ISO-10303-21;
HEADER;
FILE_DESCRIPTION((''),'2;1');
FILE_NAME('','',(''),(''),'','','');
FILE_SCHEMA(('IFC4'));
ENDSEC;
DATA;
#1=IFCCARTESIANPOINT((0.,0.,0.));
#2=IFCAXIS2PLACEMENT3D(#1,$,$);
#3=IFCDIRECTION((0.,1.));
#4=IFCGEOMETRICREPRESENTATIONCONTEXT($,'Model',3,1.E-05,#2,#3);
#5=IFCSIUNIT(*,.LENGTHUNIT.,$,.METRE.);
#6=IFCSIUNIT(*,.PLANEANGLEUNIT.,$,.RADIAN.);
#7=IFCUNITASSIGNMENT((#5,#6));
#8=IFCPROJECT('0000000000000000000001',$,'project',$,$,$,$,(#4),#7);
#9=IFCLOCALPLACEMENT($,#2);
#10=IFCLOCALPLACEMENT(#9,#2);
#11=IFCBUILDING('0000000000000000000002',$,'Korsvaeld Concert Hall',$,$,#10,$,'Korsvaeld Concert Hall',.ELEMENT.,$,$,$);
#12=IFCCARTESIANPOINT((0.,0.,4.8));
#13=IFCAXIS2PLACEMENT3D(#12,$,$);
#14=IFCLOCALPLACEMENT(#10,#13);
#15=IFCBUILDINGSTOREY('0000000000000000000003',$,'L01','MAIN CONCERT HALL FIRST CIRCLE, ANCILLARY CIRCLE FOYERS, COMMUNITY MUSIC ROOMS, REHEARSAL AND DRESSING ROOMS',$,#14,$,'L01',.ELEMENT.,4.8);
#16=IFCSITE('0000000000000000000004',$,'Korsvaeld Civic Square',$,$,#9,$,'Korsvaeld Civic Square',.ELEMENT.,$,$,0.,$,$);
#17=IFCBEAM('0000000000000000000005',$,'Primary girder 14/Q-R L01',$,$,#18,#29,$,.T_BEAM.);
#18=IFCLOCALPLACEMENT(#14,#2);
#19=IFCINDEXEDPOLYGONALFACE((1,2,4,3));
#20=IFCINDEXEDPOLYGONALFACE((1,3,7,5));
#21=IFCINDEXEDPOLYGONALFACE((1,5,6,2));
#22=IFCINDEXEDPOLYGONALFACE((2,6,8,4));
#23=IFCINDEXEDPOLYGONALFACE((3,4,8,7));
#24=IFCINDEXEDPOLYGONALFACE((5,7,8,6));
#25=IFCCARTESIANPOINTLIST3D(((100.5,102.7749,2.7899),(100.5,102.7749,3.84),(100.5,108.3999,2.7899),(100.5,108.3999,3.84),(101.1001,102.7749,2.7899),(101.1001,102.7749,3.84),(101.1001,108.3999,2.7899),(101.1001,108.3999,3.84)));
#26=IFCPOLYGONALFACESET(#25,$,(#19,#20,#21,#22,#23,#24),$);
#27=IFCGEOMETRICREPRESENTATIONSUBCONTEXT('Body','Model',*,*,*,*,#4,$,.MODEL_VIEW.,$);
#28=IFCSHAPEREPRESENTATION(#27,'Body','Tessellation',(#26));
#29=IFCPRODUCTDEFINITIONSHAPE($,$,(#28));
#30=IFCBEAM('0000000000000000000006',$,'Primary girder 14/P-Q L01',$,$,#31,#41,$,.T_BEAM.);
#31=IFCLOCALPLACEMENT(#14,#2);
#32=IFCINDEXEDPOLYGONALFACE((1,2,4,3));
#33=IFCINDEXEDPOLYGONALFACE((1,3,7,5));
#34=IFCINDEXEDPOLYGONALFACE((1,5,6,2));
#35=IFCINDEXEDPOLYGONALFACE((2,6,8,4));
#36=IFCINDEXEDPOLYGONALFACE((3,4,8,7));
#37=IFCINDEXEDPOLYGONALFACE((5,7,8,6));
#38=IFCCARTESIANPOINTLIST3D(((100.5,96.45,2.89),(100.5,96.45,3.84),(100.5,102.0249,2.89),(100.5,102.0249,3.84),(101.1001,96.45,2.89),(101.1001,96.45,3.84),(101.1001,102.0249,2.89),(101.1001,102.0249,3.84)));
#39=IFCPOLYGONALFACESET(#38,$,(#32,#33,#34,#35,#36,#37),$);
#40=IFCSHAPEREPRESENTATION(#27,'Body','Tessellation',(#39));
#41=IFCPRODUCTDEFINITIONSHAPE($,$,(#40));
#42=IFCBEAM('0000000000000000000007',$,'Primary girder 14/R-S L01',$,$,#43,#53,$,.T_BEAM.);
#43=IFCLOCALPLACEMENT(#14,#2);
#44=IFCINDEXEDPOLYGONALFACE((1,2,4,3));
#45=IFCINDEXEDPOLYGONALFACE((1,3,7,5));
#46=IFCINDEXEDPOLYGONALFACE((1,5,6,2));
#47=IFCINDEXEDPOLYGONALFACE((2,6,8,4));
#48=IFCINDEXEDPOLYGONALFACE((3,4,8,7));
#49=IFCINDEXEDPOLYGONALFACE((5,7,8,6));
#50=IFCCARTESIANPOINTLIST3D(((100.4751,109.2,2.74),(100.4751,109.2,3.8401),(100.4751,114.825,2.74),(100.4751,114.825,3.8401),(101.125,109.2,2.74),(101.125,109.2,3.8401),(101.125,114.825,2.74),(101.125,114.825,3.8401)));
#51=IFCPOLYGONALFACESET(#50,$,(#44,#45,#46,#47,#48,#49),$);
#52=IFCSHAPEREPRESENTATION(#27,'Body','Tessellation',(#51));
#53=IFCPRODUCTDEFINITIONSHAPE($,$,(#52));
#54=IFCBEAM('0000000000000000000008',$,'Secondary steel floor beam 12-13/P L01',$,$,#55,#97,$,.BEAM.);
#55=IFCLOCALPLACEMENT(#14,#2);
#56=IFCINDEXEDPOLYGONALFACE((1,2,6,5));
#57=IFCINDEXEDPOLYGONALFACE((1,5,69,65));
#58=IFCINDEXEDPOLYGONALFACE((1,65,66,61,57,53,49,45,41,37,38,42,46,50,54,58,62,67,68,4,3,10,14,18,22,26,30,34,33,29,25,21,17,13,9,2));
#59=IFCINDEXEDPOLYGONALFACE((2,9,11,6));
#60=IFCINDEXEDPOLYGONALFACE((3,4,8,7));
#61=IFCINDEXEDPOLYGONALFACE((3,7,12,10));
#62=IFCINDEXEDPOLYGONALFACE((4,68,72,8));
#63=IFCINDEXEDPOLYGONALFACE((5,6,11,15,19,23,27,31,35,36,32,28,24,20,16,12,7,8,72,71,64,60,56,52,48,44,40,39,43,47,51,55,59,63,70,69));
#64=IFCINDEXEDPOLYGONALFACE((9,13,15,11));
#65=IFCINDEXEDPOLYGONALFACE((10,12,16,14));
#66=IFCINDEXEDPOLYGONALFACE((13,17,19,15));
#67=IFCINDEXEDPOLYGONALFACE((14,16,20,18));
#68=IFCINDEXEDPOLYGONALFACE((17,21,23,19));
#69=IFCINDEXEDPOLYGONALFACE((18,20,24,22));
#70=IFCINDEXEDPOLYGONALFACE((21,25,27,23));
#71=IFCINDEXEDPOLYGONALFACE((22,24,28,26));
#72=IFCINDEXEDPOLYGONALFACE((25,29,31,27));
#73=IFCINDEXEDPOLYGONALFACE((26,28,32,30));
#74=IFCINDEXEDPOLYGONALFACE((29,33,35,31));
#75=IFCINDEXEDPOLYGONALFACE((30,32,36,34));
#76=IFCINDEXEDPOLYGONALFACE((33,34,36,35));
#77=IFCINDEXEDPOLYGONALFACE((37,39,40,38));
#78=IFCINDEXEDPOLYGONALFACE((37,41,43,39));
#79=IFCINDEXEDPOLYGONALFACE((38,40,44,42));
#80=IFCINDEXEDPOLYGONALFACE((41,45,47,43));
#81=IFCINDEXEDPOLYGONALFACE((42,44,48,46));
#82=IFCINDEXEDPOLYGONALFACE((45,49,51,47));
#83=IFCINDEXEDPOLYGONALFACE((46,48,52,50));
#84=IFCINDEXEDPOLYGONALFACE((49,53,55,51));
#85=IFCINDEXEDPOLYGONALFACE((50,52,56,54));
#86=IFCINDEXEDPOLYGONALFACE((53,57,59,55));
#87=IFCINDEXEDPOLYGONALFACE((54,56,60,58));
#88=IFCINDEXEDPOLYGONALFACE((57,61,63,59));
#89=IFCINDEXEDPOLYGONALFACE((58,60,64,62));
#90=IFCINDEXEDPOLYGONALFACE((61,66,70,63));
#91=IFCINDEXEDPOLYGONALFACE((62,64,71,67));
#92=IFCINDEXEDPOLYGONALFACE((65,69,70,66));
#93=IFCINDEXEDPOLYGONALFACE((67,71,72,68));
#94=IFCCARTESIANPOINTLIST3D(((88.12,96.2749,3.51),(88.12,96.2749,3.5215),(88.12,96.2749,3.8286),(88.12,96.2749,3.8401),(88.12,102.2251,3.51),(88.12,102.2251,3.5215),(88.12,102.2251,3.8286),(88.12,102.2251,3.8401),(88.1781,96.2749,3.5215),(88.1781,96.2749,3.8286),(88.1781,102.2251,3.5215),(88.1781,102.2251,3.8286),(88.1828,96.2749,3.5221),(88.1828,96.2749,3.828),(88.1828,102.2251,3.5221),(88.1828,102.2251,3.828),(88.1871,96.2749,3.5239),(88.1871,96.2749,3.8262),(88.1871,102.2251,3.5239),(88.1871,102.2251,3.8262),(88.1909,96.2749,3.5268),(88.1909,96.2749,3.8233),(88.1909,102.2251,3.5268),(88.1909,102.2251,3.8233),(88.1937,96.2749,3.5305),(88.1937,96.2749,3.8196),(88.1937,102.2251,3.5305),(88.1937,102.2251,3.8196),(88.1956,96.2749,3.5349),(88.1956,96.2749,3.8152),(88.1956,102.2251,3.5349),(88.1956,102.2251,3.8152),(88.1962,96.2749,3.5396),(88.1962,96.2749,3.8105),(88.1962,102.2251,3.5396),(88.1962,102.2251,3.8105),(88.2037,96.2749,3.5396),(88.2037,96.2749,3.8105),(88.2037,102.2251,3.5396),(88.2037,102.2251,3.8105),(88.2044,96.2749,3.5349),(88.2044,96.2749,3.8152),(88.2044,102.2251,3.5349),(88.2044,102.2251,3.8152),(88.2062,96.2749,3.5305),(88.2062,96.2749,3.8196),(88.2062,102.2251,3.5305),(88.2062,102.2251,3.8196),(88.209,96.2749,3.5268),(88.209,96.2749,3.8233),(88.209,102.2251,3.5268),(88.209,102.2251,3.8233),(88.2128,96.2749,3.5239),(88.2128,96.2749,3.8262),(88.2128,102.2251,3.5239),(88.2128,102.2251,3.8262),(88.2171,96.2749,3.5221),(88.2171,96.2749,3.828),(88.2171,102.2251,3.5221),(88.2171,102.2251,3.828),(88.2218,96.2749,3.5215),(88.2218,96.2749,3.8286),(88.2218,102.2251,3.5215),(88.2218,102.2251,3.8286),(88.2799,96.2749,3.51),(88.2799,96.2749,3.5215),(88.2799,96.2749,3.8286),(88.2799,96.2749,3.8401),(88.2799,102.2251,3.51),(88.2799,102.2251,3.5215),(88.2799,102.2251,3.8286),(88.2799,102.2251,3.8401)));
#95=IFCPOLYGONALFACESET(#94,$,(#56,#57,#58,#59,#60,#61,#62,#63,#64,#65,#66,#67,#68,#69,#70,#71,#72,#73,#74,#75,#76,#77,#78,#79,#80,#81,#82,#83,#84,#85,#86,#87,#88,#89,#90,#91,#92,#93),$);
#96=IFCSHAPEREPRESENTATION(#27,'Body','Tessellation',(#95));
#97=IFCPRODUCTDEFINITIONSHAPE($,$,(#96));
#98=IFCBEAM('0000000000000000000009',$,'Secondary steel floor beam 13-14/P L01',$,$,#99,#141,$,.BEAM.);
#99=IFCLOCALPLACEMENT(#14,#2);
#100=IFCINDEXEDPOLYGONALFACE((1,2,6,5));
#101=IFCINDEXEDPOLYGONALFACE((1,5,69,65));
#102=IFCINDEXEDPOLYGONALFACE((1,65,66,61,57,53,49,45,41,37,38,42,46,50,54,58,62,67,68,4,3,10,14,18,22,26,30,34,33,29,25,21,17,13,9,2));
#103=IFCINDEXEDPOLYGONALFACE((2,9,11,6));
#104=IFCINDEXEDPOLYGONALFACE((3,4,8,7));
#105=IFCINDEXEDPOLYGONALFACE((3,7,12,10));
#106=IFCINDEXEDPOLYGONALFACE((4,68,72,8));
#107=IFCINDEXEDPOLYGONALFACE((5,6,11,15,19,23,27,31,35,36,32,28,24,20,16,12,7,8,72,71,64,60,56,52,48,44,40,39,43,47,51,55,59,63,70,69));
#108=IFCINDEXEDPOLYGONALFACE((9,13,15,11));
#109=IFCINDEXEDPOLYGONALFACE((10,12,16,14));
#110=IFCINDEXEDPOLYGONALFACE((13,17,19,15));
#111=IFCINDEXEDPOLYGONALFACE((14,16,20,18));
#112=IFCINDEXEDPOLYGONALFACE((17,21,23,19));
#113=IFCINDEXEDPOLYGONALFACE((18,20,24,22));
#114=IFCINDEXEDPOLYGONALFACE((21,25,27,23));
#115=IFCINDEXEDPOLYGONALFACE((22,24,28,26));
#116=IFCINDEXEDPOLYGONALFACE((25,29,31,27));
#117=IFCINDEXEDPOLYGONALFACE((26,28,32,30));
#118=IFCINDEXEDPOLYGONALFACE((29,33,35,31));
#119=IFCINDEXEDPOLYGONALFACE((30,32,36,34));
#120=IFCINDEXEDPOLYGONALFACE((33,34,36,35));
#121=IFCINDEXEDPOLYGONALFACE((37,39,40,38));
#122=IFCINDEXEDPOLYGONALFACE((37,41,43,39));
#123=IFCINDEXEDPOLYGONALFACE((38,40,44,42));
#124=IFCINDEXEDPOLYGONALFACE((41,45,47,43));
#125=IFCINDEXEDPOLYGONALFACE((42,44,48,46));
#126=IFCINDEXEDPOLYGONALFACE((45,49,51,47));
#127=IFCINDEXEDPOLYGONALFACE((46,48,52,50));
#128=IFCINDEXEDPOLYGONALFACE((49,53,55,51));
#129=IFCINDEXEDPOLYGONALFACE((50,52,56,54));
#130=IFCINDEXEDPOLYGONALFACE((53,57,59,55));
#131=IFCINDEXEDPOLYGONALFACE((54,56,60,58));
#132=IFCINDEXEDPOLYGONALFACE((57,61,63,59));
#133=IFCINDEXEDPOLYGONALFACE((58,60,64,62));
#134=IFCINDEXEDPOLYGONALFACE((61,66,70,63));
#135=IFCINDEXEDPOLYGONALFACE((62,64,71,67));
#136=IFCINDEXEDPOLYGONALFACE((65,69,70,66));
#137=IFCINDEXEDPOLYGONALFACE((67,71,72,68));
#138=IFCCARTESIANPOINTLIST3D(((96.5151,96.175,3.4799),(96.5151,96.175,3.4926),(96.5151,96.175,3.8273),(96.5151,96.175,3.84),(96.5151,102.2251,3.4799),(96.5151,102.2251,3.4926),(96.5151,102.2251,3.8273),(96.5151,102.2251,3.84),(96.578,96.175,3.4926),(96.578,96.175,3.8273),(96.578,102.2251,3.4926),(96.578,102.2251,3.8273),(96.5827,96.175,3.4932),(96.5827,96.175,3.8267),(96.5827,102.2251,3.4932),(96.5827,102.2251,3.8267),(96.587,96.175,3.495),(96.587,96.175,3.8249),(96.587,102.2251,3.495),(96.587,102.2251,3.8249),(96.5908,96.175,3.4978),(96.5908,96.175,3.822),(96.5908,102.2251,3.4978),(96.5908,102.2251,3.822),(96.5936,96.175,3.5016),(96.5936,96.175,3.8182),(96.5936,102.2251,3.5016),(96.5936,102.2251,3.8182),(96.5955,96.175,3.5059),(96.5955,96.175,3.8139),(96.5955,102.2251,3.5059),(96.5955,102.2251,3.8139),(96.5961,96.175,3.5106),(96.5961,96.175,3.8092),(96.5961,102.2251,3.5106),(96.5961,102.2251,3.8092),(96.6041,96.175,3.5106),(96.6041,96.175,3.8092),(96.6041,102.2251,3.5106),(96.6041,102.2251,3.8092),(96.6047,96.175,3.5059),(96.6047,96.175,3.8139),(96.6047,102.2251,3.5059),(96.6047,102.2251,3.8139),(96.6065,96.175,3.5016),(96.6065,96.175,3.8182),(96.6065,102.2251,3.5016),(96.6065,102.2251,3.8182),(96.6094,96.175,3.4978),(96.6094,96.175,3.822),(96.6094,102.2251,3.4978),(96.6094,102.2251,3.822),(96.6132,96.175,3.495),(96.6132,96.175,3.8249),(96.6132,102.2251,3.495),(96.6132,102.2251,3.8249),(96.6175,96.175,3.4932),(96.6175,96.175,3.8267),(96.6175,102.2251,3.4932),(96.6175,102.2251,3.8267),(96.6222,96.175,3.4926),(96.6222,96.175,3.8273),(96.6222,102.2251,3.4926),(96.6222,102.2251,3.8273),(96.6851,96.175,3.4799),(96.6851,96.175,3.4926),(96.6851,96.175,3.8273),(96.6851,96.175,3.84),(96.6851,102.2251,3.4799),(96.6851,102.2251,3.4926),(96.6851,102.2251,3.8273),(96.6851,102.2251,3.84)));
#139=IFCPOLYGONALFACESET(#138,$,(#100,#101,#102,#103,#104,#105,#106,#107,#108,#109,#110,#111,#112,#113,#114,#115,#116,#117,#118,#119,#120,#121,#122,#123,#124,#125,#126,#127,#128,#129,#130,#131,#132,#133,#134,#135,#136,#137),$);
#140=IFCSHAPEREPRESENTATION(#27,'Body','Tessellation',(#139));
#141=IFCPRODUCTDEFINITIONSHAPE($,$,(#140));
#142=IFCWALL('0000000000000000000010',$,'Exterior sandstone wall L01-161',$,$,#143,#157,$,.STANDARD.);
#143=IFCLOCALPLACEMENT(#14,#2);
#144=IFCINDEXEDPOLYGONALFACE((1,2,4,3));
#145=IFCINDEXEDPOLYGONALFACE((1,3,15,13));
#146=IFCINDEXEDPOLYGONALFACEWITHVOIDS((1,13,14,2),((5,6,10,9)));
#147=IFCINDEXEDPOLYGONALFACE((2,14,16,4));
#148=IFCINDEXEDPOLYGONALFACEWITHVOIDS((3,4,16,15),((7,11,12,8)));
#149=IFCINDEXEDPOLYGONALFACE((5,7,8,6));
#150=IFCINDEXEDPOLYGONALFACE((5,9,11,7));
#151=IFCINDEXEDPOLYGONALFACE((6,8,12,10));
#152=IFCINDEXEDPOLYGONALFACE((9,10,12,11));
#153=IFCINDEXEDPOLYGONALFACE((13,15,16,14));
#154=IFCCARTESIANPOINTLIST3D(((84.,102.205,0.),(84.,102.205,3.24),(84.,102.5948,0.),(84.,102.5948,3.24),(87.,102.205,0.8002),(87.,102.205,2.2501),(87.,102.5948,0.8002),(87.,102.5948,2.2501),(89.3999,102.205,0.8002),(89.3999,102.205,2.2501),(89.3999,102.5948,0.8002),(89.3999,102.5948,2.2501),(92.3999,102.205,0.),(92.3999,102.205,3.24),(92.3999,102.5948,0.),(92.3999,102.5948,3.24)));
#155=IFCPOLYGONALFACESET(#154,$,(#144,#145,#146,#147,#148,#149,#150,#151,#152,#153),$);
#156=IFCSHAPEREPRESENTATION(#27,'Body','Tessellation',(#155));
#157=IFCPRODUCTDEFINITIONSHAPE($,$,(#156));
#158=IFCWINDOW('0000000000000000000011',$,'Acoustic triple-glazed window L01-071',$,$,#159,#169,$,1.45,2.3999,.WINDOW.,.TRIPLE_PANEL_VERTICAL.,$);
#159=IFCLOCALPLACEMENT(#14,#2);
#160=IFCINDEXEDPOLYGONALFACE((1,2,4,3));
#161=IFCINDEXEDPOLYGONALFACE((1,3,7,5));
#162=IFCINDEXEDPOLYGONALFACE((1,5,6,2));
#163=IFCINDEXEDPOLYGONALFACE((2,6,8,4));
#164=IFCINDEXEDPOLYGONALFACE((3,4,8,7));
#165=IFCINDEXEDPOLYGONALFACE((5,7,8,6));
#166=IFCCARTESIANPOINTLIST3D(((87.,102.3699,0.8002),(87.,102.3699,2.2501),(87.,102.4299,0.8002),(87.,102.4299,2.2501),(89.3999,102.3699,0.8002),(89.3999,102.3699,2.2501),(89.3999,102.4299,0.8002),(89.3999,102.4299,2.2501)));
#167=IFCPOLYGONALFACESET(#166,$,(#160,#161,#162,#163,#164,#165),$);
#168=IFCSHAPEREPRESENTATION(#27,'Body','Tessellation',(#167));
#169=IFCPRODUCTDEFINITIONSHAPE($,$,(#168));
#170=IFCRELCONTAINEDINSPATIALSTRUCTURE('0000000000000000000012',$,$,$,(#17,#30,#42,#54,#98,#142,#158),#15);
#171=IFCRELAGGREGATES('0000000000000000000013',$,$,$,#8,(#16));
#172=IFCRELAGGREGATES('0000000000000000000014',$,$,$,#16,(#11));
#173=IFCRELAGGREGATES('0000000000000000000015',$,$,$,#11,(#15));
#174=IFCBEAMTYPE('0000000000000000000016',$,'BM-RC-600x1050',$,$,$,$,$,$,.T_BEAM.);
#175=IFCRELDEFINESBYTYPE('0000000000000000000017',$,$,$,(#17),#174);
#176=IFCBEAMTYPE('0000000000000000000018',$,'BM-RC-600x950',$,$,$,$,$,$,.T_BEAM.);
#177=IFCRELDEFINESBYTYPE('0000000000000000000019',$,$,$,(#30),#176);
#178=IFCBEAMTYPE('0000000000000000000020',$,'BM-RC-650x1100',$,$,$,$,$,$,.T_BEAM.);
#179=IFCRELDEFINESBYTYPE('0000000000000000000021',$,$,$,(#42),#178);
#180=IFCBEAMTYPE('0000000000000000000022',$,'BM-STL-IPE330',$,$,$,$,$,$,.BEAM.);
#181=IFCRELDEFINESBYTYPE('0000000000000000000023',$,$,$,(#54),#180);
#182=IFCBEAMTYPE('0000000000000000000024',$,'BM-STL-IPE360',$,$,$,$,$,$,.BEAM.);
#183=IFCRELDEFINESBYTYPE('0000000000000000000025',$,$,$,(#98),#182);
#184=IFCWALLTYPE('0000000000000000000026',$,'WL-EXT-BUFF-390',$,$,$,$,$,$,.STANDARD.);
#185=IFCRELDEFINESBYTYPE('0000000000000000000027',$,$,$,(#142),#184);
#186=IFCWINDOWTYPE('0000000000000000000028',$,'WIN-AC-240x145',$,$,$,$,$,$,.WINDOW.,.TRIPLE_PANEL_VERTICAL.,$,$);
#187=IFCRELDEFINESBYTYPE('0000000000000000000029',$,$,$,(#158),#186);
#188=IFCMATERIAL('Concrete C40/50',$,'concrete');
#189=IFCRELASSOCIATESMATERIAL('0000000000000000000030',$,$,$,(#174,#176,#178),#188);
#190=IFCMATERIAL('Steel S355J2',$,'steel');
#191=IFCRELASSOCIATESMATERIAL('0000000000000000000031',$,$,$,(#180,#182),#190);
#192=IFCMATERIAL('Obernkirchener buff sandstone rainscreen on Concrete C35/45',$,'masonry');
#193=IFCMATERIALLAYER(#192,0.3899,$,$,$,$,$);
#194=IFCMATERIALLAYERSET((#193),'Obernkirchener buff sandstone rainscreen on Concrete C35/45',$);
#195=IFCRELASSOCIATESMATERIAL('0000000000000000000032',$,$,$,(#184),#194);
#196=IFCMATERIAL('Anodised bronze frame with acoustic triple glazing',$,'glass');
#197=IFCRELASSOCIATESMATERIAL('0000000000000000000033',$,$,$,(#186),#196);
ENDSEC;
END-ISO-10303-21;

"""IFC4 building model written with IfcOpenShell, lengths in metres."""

from ifc_helpers import new_model, si_unit, direction, frame, frame_2d, origin, origin_2d, place, context, subcontext, project, spatial, rectangle, i_section, extrude, material, layer, layer_set, material_profile, profile_set, type_object, element, fill, save


model = new_model("IFC4")

# Units and contexts
model_context = context("Model", 3, precision=1e-05, world=origin(), true_north=direction((0.0, 1.0)))
body_context = subcontext(model_context, "Body", "Model", "MODEL_VIEW")
ifc_project = project(units=[si_unit("LENGTHUNIT", "METRE"), si_unit("PLANEANGLEUNIT", "RADIAN")], contexts=[model_context])

# Site, building, storey
site_placement = place(None, origin())
site = spatial("IfcSite", under=ifc_project, at=site_placement, Name="Korsvaeld Civic Square", LongName="Korsvaeld Civic Square", CompositionType="ELEMENT", RefElevation=0.0)
building_placement = place(site_placement, origin())
building = spatial("IfcBuilding", under=site, at=building_placement, Name="Korsvaeld Concert Hall", LongName="Korsvaeld Concert Hall", CompositionType="ELEMENT")
storey_placement = place(building_placement, frame((0.0, 0.0, 4.8)))
storey = spatial("IfcBuildingStorey", under=building, at=storey_placement, Name="L01", Description="MAIN CONCERT HALL FIRST CIRCLE, ANCILLARY CIRCLE FOYERS, COMMUNITY MUSIC ROOMS, REHEARSAL AND DRESSING ROOMS", LongName="L01", CompositionType="ELEMENT", Elevation=4.8)

# Shared definitions
ifc_material_1 = material(Name="Concrete C40/50", Category="concrete")

# Beams
ifc_material_profile_1 = material_profile(ifc_material_1, rectangle(XDim=0.6001, YDim=1.05, at=origin_2d()), Name="RC 600x1050")
ifc_profile_set_1 = profile_set([ifc_material_profile_1], Name="Concrete C40/50")
beam_type_1 = type_object("IfcBeamType", Name="BM-RC-600x1050", PredefinedType="T_BEAM", material=ifc_profile_set_1)
beam_1_placement = place(storey_placement, frame((100.8, 102.7749, 3.3149), z_axis=(0.0, 1.0, 0.0), x_axis=(-1.0, 0.0, 0.0)))
element("IfcBeam", 1, at=beam_1_placement, inside=storey, type_object=beam_type_1, Name="Primary girder 14/Q-R L01", PredefinedType="T_BEAM", context=body_context, shape_type="SweptSolid", body=[
    extrude(rectangle(XDim=0.6001, YDim=1.05, at=origin_2d()), origin(), (0.0, 0.0, 1.0), 5.625),
])
ifc_material_profile_2 = material_profile(ifc_material_1, rectangle(XDim=0.6001, YDim=0.95, at=origin_2d()), Name="RC 600x950")
ifc_profile_set_2 = profile_set([ifc_material_profile_2], Name="Concrete C40/50")
beam_type_2 = type_object("IfcBeamType", Name="BM-RC-600x950", PredefinedType="T_BEAM", material=ifc_profile_set_2)
beam_2_placement = place(storey_placement, frame((100.8, 96.45, 3.365), z_axis=(0.0, 1.0, 0.0), x_axis=(-1.0, 0.0, 0.0)))
element("IfcBeam", 2, at=beam_2_placement, inside=storey, type_object=beam_type_2, Name="Primary girder 14/P-Q L01", PredefinedType="T_BEAM", context=body_context, shape_type="SweptSolid", body=[
    extrude(rectangle(XDim=0.6001, YDim=0.95, at=origin_2d()), origin(), (0.0, 0.0, 1.0), 5.575),
])
ifc_material_profile_3 = material_profile(ifc_material_1, rectangle(XDim=0.6499, YDim=1.1001, at=origin_2d()), Name="RC 650x1100")
ifc_profile_set_3 = profile_set([ifc_material_profile_3], Name="Concrete C40/50")
beam_type_3 = type_object("IfcBeamType", Name="BM-RC-650x1100", PredefinedType="T_BEAM", material=ifc_profile_set_3)
beam_3_placement = place(storey_placement, frame((100.8, 109.2, 3.29), z_axis=(0.0, 1.0, 0.0), x_axis=(-1.0, 0.0, 0.0)))
element("IfcBeam", 3, at=beam_3_placement, inside=storey, type_object=beam_type_3, Name="Primary girder 14/R-S L01", PredefinedType="T_BEAM", context=body_context, shape_type="SweptSolid", body=[
    extrude(rectangle(XDim=0.6499, YDim=1.1001, at=origin_2d()), origin(), (0.0, 0.0, 1.0), 5.625),
])
ifc_material_2 = material(Name="Steel S355J2", Category="steel")
ifc_material_profile_4 = material_profile(ifc_material_2, i_section(OverallWidth=0.1599, OverallDepth=0.3301, WebThickness=0.0076, FlangeThickness=0.0115, FilletRadius=0.0181, at=origin_2d()), Name="IPE 330")
ifc_profile_set_4 = profile_set([ifc_material_profile_4], Name="Steel S355J2")
beam_type_4 = type_object("IfcBeamType", Name="BM-STL-IPE330", PredefinedType="BEAM", material=ifc_profile_set_4)
beam_4_placement = place(storey_placement, frame((88.2, 96.2749, 3.675), z_axis=(0.0, 1.0, 0.0), x_axis=(-1.0, 0.0, 0.0)))
element("IfcBeam", 4, at=beam_4_placement, inside=storey, type_object=beam_type_4, Name="Secondary steel floor beam 12-13/P L01", PredefinedType="BEAM", context=body_context, shape_type="SweptSolid", body=[
    extrude(i_section(OverallWidth=0.1599, OverallDepth=0.3301, WebThickness=0.0076, FlangeThickness=0.0115, FilletRadius=0.0181, at=origin_2d()), origin(), (0.0, 0.0, 1.0), 5.9502),
])
ifc_material_profile_5 = material_profile(ifc_material_2, i_section(OverallWidth=0.1699, OverallDepth=0.3601, WebThickness=0.0081, FlangeThickness=0.0127, FilletRadius=0.0181, at=origin_2d()), Name="IPE 360")
ifc_profile_set_5 = profile_set([ifc_material_profile_5], Name="Steel S355J2")
beam_type_5 = type_object("IfcBeamType", Name="BM-STL-IPE360", PredefinedType="BEAM", material=ifc_profile_set_5)
beam_5_placement = place(storey_placement, frame((96.6001, 96.175, 3.6599), z_axis=(0.0, 1.0, 0.0), x_axis=(-1.0, 0.0, 0.0)))
element("IfcBeam", 5, at=beam_5_placement, inside=storey, type_object=beam_type_5, Name="Secondary steel floor beam 13-14/P L01", PredefinedType="BEAM", context=body_context, shape_type="SweptSolid", body=[
    extrude(i_section(OverallWidth=0.1699, OverallDepth=0.3601, WebThickness=0.0081, FlangeThickness=0.0127, FilletRadius=0.0181, at=origin_2d()), origin(), (0.0, 0.0, 1.0), 6.05),
])

# Wall, opening, window
ifc_material_3 = material(Name="Obernkirchener buff sandstone rainscreen on Concrete C35/45", Category="masonry")
ifc_layer_1 = layer(ifc_material_3, 0.3899)
ifc_layer_set_1 = layer_set([ifc_layer_1], Name="Obernkirchener buff sandstone rainscreen on Concrete C35/45")
wall_type_1 = type_object("IfcWallType", Name="WL-EXT-BUFF-390", PredefinedType="STANDARD", material=ifc_layer_set_1)
wall_1_placement = place(storey_placement, frame((84.0, 102.3999, 0.0), z_axis=(0.0, 0.0, 1.0), x_axis=(1.0, 0.0, 0.0)))
wall_1 = element("IfcWall", 6, at=wall_1_placement, inside=storey, type_object=wall_type_1, Name="Exterior sandstone wall L01-161", PredefinedType="STANDARD", context=body_context, shape_type="SweptSolid", body=[
    extrude(rectangle(XDim=8.3999, YDim=0.3899, at=frame_2d((4.2, 0.0))), origin(), (0.0, 0.0, 1.0), 3.24),
])
opening_1_placement = place(wall_1_placement, frame((3.0, 0.0, 0.8)))
opening_1 = element("IfcOpeningElement", 7, at=opening_1_placement, cuts=wall_1, PredefinedType="OPENING", context=body_context, shape_type="SweptSolid", body=[
    extrude(rectangle(XDim=2.3999, YDim=1.45, at=frame_2d((1.2, 0.7251))), frame((0.0, 0.2051, 0.0), z_axis=(0.0, -1.0, 0.0), x_axis=(1.0, 0.0, 0.0)), (0.0, 0.0, 1.0), 0.4099),
])
ifc_material_4 = material(Name="Anodised bronze frame with acoustic triple glazing", Category="glass")
window_type_1 = type_object("IfcWindowType", Name="WIN-AC-240x145", PartitioningType="TRIPLE_PANEL_VERTICAL", PredefinedType="WINDOW", material=ifc_material_4)
window_1_placement = place(opening_1_placement, origin())
window_1 = element("IfcWindow", 8, at=window_1_placement, inside=storey, type_object=window_type_1, Name="Acoustic triple-glazed window L01-071", OverallHeight=1.45, OverallWidth=2.3999, PartitioningType="TRIPLE_PANEL_VERTICAL", PredefinedType="WINDOW", context=body_context, shape_type="SweptSolid", body=[
    extrude(rectangle(XDim=2.3999, YDim=1.45, at=frame_2d((1.2, 0.7251))), frame((0.0, 0.03, 0.0), z_axis=(0.0, -1.0, 0.0), x_axis=(1.0, 0.0, 0.0)), (0.0, 0.0, 1.0), 0.0601),
])
fill(opening_1, window_1)

save(model, "model.ifc")
